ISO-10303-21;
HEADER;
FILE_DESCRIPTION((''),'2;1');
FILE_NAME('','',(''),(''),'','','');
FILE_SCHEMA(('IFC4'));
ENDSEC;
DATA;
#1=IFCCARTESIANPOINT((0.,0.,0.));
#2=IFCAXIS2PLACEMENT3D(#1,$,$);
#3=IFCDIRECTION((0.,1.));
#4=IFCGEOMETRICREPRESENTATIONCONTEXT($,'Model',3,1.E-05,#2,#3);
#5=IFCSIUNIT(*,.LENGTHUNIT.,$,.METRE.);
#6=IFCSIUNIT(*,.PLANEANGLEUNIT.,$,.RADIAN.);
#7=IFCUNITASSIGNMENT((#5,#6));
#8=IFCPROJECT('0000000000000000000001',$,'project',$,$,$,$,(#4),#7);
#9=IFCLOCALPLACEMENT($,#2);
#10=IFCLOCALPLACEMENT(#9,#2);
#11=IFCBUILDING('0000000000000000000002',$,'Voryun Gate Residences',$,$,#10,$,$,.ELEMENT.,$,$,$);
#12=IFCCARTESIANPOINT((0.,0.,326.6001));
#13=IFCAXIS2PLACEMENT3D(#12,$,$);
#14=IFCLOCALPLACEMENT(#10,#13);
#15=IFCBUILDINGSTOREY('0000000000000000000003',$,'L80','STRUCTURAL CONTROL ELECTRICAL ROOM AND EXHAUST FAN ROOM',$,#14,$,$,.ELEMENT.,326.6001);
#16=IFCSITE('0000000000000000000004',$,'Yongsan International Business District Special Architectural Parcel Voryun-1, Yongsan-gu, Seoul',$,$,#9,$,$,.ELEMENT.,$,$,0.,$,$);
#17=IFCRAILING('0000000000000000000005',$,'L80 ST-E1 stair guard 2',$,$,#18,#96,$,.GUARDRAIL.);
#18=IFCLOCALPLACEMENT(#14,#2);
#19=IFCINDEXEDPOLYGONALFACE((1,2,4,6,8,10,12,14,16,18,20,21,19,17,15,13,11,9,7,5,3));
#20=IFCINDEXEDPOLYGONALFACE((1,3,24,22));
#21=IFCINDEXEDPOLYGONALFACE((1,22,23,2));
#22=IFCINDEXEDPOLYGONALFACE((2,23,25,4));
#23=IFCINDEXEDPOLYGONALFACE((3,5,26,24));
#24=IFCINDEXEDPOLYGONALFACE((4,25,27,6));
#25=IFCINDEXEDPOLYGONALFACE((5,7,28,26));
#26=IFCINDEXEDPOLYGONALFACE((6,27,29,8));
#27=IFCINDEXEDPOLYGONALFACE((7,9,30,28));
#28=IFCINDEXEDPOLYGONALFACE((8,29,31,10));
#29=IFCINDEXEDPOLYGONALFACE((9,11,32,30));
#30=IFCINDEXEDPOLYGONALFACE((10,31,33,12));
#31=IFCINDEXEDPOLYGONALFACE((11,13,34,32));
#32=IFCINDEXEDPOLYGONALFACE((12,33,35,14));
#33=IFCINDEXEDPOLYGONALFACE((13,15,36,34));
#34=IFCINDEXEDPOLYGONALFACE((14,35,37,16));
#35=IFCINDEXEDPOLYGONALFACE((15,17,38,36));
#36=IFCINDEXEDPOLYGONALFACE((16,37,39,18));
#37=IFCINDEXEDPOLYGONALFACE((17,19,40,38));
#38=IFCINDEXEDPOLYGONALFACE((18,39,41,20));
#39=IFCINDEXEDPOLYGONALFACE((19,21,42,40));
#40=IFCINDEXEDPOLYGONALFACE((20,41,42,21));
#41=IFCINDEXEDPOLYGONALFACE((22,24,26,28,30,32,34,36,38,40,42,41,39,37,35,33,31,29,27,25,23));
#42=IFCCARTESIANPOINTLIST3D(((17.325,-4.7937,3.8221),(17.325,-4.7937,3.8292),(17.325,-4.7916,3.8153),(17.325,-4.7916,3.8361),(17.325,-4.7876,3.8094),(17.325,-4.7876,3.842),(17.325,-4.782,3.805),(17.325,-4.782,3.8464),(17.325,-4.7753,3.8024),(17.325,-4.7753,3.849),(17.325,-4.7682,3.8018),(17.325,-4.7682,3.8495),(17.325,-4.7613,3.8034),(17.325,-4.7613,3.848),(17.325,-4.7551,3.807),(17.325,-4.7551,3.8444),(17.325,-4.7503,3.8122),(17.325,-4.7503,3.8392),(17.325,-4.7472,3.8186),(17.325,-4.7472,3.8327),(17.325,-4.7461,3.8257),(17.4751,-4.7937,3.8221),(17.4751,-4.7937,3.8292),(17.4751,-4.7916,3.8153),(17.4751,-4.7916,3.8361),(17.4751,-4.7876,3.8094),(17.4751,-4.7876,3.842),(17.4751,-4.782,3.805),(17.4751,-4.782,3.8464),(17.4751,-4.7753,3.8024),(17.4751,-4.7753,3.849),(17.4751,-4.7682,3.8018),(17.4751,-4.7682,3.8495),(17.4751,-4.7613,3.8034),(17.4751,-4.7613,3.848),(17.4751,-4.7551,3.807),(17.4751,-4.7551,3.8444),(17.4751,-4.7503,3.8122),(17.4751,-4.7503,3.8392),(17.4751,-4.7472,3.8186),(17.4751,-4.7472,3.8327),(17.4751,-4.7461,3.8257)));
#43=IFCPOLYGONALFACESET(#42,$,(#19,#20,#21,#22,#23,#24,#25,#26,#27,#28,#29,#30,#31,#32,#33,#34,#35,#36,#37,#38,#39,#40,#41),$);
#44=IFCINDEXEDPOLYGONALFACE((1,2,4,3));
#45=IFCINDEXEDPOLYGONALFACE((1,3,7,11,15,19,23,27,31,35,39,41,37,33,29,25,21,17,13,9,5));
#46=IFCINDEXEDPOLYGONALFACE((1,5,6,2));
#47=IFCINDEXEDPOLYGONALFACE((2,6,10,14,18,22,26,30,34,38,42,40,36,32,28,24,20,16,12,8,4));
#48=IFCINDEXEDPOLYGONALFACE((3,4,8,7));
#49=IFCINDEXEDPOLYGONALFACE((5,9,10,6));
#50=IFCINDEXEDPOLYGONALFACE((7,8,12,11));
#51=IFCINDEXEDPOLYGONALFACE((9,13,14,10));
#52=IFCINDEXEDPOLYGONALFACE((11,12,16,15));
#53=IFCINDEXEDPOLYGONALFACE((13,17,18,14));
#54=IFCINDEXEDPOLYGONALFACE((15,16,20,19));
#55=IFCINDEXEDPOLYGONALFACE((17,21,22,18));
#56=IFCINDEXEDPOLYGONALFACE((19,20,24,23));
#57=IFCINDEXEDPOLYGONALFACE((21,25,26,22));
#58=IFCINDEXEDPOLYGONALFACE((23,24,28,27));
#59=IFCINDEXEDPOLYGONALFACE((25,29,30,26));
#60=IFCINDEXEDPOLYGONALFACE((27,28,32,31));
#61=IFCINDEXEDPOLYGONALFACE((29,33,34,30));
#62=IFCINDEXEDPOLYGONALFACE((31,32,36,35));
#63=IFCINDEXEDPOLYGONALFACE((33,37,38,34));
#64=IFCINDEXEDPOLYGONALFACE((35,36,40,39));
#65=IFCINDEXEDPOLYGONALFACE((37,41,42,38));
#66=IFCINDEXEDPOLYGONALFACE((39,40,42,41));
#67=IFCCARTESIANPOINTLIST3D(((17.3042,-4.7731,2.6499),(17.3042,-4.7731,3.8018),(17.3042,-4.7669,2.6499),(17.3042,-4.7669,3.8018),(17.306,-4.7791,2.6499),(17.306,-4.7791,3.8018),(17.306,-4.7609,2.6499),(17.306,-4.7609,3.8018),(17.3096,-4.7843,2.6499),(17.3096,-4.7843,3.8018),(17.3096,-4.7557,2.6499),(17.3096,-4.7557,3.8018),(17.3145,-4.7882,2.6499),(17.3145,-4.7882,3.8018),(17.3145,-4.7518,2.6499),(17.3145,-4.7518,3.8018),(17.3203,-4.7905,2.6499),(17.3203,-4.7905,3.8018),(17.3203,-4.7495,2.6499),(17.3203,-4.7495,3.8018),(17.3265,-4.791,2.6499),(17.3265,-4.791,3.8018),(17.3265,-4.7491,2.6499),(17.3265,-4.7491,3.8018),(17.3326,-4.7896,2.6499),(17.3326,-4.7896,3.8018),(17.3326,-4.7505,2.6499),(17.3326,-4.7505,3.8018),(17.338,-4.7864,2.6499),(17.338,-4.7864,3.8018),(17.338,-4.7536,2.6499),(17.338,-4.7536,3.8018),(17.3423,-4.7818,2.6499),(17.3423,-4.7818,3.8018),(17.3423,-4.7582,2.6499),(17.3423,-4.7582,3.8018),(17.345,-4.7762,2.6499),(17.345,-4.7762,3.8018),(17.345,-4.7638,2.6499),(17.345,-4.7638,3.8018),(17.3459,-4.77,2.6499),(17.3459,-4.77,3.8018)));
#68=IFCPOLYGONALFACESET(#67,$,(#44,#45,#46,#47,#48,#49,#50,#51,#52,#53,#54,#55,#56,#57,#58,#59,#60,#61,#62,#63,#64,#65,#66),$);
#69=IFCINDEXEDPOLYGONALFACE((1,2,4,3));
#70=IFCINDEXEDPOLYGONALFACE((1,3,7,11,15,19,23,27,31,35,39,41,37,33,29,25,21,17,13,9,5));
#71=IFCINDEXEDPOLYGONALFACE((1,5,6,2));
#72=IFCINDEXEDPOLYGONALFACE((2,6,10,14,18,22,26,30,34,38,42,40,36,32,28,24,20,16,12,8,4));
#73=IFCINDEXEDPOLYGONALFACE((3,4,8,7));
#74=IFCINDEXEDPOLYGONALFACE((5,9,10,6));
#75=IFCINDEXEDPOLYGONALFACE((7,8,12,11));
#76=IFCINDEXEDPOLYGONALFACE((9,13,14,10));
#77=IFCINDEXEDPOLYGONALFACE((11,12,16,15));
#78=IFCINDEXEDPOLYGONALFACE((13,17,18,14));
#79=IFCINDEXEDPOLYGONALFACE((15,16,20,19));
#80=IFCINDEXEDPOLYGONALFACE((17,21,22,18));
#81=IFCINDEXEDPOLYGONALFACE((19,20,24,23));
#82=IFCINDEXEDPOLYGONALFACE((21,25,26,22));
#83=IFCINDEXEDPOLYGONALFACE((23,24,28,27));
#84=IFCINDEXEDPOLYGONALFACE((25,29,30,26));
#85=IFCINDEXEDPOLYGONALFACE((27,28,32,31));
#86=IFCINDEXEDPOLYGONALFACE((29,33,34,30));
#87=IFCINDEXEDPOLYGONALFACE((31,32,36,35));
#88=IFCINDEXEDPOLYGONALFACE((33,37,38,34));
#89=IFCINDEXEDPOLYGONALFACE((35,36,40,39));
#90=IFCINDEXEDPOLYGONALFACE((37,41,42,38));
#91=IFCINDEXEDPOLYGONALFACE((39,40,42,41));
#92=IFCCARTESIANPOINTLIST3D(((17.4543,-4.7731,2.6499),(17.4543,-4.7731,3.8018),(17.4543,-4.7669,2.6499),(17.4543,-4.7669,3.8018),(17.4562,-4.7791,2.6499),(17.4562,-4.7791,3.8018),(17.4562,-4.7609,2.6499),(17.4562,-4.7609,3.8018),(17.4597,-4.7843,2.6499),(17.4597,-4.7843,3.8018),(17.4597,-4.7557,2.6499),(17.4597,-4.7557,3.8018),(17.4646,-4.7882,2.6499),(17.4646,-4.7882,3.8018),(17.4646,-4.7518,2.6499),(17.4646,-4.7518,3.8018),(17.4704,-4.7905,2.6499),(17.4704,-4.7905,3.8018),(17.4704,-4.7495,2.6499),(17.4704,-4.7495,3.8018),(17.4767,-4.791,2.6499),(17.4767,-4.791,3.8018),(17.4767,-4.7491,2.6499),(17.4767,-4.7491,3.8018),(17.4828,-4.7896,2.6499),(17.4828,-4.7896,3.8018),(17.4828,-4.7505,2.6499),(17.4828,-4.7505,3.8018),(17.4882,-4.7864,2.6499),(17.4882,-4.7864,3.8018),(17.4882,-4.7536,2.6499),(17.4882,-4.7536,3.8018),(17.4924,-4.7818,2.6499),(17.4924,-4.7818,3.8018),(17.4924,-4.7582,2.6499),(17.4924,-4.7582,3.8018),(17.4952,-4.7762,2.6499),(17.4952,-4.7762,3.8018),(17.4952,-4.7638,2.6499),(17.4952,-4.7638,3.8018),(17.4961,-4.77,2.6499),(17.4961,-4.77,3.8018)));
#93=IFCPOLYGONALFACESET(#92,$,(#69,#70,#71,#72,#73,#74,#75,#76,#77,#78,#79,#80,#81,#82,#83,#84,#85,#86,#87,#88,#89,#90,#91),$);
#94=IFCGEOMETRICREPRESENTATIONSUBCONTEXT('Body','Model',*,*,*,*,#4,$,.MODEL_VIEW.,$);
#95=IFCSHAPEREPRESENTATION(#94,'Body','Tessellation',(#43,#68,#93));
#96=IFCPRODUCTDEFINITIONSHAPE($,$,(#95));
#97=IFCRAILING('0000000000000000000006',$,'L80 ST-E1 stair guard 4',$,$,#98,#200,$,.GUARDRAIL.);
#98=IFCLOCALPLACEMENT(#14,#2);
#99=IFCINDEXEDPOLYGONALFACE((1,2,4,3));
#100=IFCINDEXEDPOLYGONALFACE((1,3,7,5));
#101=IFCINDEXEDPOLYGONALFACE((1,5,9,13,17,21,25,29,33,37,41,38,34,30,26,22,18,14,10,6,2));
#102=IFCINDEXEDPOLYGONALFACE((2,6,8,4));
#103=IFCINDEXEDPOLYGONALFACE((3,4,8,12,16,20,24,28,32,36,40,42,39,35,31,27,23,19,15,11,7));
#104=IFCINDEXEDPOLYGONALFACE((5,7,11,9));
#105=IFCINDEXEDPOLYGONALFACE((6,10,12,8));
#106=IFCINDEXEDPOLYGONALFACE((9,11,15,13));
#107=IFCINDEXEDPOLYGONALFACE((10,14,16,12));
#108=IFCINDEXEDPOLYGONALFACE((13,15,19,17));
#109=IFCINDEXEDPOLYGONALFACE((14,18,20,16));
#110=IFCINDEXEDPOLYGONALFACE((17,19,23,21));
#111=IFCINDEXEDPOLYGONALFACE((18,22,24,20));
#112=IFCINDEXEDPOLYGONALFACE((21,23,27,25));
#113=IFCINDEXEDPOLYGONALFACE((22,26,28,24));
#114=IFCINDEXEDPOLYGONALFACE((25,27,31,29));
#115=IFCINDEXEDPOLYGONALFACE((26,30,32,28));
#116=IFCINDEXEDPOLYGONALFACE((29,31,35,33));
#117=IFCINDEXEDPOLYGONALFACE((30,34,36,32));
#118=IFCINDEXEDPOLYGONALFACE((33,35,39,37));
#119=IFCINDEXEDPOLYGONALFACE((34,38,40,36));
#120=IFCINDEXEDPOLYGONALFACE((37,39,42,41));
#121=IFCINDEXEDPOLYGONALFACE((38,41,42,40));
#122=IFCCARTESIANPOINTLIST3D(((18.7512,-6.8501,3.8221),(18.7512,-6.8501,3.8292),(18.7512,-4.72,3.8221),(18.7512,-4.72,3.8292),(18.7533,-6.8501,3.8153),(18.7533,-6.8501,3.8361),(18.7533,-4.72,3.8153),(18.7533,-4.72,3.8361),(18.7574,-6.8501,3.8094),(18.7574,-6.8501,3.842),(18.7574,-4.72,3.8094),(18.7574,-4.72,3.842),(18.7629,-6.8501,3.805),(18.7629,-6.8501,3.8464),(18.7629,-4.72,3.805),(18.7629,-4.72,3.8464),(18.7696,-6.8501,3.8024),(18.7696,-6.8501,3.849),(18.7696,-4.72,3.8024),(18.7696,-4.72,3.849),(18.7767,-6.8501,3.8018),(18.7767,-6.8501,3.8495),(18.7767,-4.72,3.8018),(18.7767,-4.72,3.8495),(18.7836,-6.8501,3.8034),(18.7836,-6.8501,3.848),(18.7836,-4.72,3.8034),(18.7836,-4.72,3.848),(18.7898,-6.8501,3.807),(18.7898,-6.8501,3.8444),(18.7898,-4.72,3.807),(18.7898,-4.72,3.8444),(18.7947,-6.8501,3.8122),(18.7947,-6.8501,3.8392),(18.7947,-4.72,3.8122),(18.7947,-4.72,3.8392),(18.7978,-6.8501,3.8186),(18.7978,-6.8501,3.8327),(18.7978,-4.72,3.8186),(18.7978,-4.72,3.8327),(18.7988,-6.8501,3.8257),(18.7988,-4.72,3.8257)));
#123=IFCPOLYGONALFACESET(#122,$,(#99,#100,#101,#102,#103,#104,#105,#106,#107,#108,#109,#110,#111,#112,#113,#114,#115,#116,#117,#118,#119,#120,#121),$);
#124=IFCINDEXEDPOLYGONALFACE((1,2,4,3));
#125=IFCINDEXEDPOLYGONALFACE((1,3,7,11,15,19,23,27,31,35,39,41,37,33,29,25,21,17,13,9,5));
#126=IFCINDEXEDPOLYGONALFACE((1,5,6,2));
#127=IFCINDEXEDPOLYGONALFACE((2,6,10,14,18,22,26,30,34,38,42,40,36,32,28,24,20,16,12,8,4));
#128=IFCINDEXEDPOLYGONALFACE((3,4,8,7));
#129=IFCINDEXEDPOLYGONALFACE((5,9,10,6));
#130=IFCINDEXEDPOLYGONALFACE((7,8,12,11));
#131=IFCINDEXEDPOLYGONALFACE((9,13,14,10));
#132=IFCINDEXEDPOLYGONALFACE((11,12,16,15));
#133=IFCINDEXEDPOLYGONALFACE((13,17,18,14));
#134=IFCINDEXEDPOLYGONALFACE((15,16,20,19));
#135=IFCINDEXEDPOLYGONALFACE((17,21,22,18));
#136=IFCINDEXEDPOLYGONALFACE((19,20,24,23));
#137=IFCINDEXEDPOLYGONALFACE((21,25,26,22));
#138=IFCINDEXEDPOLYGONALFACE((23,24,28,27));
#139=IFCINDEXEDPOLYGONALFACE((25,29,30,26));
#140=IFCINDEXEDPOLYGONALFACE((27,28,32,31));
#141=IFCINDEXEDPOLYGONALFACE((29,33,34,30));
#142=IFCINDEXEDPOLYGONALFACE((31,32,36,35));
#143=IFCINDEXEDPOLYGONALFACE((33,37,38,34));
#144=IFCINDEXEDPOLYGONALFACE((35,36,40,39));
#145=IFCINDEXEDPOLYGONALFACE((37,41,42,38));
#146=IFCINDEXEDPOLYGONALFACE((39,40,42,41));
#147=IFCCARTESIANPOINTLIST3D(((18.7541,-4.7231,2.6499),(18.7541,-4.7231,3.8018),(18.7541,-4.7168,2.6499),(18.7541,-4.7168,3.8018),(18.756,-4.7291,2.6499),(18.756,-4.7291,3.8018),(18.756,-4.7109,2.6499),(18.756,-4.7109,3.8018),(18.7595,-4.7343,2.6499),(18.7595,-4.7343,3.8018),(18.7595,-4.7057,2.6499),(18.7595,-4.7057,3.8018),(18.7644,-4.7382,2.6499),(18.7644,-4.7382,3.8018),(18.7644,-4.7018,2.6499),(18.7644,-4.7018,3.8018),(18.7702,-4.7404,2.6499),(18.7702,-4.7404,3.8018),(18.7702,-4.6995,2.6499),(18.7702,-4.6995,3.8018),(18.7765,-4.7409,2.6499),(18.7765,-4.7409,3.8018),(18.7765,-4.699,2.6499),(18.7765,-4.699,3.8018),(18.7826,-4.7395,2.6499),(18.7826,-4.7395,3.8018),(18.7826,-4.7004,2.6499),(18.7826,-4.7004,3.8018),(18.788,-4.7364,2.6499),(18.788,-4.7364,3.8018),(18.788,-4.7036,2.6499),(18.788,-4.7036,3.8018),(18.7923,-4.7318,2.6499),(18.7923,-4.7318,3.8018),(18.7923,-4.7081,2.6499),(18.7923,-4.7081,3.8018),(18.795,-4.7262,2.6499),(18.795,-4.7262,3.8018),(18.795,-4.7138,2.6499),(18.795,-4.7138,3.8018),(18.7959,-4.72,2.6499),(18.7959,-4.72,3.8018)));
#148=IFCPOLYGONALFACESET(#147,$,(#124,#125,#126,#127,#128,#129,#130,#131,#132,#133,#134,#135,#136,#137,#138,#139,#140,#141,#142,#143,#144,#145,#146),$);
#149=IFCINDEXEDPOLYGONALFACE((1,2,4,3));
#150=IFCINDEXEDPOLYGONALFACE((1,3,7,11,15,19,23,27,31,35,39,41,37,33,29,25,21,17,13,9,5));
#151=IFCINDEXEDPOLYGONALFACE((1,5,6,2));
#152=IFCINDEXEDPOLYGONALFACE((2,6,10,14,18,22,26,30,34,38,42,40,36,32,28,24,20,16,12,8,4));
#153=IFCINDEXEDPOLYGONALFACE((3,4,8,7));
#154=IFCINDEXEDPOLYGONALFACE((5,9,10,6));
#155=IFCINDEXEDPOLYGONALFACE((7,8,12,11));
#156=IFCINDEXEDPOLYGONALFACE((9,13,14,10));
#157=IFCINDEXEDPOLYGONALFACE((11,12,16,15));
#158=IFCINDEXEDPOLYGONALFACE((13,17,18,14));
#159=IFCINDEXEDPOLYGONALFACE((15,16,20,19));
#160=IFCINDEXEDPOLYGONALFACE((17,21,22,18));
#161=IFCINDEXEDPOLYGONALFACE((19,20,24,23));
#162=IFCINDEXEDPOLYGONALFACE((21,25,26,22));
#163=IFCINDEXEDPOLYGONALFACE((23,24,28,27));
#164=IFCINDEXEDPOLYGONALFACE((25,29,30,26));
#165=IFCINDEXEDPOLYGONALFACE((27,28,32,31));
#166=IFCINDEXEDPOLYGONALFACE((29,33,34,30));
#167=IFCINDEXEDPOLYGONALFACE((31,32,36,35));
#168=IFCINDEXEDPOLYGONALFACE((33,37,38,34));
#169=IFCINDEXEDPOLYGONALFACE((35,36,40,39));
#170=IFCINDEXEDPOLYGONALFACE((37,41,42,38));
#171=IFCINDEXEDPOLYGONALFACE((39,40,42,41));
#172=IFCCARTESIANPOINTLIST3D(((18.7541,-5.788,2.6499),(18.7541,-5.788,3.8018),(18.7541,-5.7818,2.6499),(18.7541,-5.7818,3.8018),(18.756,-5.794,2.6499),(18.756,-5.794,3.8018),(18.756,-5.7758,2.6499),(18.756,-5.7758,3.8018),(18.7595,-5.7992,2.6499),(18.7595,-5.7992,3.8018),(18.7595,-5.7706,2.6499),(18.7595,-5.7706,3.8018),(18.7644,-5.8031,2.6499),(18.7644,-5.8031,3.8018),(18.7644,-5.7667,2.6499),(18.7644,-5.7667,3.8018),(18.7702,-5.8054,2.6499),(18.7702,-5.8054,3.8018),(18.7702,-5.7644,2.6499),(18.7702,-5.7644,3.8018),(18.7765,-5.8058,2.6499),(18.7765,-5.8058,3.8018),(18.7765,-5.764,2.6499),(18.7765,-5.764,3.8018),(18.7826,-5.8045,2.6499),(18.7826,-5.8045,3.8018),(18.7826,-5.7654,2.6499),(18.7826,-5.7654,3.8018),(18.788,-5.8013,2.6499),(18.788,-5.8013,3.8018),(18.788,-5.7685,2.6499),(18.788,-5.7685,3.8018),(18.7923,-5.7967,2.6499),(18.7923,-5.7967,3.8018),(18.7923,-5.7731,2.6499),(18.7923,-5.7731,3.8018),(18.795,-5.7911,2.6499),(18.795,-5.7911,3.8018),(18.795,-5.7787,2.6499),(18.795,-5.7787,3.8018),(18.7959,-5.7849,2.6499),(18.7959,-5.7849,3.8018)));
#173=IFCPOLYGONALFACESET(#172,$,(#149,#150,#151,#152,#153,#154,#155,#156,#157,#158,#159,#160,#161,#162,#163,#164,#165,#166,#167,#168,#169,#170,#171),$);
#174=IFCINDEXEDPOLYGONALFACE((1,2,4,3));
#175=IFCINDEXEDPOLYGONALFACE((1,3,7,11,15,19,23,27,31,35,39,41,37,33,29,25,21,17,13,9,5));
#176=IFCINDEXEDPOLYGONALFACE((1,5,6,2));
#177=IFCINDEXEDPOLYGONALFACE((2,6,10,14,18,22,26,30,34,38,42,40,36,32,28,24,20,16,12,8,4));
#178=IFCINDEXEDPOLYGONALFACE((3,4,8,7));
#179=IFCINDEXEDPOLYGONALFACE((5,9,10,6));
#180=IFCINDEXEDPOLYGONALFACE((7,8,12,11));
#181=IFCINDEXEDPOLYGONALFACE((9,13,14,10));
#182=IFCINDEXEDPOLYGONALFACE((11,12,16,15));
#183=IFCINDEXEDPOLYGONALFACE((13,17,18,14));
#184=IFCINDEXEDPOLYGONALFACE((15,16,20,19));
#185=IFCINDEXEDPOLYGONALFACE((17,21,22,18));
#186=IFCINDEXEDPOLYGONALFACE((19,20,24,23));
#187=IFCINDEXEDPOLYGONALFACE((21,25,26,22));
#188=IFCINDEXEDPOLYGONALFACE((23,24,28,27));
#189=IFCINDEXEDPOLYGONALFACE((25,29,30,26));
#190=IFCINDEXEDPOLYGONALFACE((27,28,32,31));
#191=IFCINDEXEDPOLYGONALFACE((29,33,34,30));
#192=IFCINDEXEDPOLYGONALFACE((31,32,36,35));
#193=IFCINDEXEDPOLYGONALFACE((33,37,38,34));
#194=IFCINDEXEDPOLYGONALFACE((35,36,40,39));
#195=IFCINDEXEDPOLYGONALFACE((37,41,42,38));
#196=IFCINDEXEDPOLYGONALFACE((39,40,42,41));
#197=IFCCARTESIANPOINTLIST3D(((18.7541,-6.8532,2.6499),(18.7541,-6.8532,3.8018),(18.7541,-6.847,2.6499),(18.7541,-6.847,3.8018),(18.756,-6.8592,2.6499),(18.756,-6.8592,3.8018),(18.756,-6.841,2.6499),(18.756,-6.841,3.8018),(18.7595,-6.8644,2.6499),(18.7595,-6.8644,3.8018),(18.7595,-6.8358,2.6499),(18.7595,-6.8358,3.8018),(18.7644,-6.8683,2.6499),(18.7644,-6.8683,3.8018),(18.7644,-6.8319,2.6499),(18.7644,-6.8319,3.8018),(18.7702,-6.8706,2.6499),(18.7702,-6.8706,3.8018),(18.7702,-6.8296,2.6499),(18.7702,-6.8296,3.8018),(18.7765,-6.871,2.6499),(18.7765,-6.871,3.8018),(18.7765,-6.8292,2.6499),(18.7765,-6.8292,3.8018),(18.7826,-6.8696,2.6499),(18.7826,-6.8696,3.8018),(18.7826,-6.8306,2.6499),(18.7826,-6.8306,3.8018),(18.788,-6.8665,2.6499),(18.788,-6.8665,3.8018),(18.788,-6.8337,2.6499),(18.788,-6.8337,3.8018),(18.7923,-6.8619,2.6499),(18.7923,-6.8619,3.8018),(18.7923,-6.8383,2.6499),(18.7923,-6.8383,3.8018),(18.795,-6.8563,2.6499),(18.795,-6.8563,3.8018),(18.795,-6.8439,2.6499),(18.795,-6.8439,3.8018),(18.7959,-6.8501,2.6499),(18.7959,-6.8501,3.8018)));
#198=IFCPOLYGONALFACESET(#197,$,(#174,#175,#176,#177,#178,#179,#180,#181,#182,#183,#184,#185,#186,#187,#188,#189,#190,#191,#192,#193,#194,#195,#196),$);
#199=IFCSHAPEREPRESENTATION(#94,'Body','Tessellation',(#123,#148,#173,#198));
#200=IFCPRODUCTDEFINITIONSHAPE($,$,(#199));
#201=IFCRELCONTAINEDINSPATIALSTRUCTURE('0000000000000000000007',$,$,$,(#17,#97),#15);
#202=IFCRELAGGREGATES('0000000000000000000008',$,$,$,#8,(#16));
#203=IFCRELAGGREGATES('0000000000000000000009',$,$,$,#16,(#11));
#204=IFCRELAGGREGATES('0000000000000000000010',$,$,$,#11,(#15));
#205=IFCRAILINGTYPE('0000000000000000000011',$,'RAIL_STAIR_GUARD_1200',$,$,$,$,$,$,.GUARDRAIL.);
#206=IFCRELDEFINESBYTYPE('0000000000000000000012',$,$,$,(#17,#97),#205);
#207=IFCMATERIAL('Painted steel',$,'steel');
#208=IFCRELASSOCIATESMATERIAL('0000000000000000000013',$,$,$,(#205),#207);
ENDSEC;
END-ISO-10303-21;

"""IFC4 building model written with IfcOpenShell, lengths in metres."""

from ifc_helpers import new_model, si_unit, direction, frame, origin, origin_2d, place, context, subcontext, project, spatial, circle, extrude, material, type_object, element, save


model = new_model("IFC4")

# Units and contexts
model_context = context("Model", 3, precision=1e-05, world=origin(), true_north=direction((0.0, 1.0)))
body_context = subcontext(model_context, "Body", "Model", "MODEL_VIEW")
ifc_project = project(units=[si_unit("LENGTHUNIT", "METRE"), si_unit("PLANEANGLEUNIT", "RADIAN")], contexts=[model_context])

# Site, building, storey
site_placement = place(None, origin())
site = spatial("IfcSite", under=ifc_project, at=site_placement, Name="Yongsan International Business District Special Architectural Parcel Voryun-1, Yongsan-gu, Seoul", CompositionType="ELEMENT", RefElevation=0.0)
building_placement = place(site_placement, origin())
building = spatial("IfcBuilding", under=site, at=building_placement, Name="Voryun Gate Residences", CompositionType="ELEMENT")
storey_placement = place(building_placement, frame((0.0, 0.0, 326.6001)))
storey = spatial("IfcBuildingStorey", under=building, at=storey_placement, Name="L80", Description="STRUCTURAL CONTROL ELECTRICAL ROOM AND EXHAUST FAN ROOM", CompositionType="ELEMENT", Elevation=326.6001)

# Railings
ifc_material_1 = material(Name="Painted steel", Category="steel")
railing_type_1 = type_object("IfcRailingType", Name="RAIL_STAIR_GUARD_1200", PredefinedType="GUARDRAIL", material=ifc_material_1)
railing_1_placement = place(storey_placement, frame((17.325, -4.77, 2.6499)))
element("IfcRailing", 1, at=railing_1_placement, inside=storey, type_object=railing_type_1, Name="L80 ST-E1 stair guard 2", PredefinedType="GUARDRAIL", context=body_context, shape_type="SweptSolid", body=[
    extrude(circle(Radius=0.0239, at=origin_2d()), frame((0.0, 0.0, 1.1758), z_axis=(1.0, 0.0, 0.0), x_axis=(0.0, 1.0, 0.0)), (0.0, 0.0, 1.0), 0.1501),
    extrude(circle(Radius=0.021, at=origin_2d()), origin(), (0.0, 0.0, 1.0), 1.1519),
    extrude(circle(Radius=0.021, at=origin_2d()), frame((0.1501, 0.0, 0.0)), (0.0, 0.0, 1.0), 1.1519),
])
railing_2_placement = place(storey_placement, frame((18.7749, -4.72, 2.6499)))
element("IfcRailing", 2, at=railing_2_placement, inside=storey, type_object=railing_type_1, Name="L80 ST-E1 stair guard 4", PredefinedType="GUARDRAIL", context=body_context, shape_type="SweptSolid", body=[
    extrude(circle(Radius=0.0239, at=origin_2d()), frame((0.0, 0.0, 1.1758), z_axis=(0.0, -1.0, 0.0), x_axis=(1.0, 0.0, 0.0)), (0.0, 0.0, 1.0), 2.1301),
    extrude(circle(Radius=0.021, at=origin_2d()), origin(), (0.0, 0.0, 1.0), 1.1519),
    extrude(circle(Radius=0.021, at=origin_2d()), frame((0.0, -1.0649, 0.0)), (0.0, 0.0, 1.0), 1.1519),
    extrude(circle(Radius=0.021, at=origin_2d()), frame((0.0, -2.1301, 0.0)), (0.0, 0.0, 1.0), 1.1519),
])

save(model, "model.ifc")
